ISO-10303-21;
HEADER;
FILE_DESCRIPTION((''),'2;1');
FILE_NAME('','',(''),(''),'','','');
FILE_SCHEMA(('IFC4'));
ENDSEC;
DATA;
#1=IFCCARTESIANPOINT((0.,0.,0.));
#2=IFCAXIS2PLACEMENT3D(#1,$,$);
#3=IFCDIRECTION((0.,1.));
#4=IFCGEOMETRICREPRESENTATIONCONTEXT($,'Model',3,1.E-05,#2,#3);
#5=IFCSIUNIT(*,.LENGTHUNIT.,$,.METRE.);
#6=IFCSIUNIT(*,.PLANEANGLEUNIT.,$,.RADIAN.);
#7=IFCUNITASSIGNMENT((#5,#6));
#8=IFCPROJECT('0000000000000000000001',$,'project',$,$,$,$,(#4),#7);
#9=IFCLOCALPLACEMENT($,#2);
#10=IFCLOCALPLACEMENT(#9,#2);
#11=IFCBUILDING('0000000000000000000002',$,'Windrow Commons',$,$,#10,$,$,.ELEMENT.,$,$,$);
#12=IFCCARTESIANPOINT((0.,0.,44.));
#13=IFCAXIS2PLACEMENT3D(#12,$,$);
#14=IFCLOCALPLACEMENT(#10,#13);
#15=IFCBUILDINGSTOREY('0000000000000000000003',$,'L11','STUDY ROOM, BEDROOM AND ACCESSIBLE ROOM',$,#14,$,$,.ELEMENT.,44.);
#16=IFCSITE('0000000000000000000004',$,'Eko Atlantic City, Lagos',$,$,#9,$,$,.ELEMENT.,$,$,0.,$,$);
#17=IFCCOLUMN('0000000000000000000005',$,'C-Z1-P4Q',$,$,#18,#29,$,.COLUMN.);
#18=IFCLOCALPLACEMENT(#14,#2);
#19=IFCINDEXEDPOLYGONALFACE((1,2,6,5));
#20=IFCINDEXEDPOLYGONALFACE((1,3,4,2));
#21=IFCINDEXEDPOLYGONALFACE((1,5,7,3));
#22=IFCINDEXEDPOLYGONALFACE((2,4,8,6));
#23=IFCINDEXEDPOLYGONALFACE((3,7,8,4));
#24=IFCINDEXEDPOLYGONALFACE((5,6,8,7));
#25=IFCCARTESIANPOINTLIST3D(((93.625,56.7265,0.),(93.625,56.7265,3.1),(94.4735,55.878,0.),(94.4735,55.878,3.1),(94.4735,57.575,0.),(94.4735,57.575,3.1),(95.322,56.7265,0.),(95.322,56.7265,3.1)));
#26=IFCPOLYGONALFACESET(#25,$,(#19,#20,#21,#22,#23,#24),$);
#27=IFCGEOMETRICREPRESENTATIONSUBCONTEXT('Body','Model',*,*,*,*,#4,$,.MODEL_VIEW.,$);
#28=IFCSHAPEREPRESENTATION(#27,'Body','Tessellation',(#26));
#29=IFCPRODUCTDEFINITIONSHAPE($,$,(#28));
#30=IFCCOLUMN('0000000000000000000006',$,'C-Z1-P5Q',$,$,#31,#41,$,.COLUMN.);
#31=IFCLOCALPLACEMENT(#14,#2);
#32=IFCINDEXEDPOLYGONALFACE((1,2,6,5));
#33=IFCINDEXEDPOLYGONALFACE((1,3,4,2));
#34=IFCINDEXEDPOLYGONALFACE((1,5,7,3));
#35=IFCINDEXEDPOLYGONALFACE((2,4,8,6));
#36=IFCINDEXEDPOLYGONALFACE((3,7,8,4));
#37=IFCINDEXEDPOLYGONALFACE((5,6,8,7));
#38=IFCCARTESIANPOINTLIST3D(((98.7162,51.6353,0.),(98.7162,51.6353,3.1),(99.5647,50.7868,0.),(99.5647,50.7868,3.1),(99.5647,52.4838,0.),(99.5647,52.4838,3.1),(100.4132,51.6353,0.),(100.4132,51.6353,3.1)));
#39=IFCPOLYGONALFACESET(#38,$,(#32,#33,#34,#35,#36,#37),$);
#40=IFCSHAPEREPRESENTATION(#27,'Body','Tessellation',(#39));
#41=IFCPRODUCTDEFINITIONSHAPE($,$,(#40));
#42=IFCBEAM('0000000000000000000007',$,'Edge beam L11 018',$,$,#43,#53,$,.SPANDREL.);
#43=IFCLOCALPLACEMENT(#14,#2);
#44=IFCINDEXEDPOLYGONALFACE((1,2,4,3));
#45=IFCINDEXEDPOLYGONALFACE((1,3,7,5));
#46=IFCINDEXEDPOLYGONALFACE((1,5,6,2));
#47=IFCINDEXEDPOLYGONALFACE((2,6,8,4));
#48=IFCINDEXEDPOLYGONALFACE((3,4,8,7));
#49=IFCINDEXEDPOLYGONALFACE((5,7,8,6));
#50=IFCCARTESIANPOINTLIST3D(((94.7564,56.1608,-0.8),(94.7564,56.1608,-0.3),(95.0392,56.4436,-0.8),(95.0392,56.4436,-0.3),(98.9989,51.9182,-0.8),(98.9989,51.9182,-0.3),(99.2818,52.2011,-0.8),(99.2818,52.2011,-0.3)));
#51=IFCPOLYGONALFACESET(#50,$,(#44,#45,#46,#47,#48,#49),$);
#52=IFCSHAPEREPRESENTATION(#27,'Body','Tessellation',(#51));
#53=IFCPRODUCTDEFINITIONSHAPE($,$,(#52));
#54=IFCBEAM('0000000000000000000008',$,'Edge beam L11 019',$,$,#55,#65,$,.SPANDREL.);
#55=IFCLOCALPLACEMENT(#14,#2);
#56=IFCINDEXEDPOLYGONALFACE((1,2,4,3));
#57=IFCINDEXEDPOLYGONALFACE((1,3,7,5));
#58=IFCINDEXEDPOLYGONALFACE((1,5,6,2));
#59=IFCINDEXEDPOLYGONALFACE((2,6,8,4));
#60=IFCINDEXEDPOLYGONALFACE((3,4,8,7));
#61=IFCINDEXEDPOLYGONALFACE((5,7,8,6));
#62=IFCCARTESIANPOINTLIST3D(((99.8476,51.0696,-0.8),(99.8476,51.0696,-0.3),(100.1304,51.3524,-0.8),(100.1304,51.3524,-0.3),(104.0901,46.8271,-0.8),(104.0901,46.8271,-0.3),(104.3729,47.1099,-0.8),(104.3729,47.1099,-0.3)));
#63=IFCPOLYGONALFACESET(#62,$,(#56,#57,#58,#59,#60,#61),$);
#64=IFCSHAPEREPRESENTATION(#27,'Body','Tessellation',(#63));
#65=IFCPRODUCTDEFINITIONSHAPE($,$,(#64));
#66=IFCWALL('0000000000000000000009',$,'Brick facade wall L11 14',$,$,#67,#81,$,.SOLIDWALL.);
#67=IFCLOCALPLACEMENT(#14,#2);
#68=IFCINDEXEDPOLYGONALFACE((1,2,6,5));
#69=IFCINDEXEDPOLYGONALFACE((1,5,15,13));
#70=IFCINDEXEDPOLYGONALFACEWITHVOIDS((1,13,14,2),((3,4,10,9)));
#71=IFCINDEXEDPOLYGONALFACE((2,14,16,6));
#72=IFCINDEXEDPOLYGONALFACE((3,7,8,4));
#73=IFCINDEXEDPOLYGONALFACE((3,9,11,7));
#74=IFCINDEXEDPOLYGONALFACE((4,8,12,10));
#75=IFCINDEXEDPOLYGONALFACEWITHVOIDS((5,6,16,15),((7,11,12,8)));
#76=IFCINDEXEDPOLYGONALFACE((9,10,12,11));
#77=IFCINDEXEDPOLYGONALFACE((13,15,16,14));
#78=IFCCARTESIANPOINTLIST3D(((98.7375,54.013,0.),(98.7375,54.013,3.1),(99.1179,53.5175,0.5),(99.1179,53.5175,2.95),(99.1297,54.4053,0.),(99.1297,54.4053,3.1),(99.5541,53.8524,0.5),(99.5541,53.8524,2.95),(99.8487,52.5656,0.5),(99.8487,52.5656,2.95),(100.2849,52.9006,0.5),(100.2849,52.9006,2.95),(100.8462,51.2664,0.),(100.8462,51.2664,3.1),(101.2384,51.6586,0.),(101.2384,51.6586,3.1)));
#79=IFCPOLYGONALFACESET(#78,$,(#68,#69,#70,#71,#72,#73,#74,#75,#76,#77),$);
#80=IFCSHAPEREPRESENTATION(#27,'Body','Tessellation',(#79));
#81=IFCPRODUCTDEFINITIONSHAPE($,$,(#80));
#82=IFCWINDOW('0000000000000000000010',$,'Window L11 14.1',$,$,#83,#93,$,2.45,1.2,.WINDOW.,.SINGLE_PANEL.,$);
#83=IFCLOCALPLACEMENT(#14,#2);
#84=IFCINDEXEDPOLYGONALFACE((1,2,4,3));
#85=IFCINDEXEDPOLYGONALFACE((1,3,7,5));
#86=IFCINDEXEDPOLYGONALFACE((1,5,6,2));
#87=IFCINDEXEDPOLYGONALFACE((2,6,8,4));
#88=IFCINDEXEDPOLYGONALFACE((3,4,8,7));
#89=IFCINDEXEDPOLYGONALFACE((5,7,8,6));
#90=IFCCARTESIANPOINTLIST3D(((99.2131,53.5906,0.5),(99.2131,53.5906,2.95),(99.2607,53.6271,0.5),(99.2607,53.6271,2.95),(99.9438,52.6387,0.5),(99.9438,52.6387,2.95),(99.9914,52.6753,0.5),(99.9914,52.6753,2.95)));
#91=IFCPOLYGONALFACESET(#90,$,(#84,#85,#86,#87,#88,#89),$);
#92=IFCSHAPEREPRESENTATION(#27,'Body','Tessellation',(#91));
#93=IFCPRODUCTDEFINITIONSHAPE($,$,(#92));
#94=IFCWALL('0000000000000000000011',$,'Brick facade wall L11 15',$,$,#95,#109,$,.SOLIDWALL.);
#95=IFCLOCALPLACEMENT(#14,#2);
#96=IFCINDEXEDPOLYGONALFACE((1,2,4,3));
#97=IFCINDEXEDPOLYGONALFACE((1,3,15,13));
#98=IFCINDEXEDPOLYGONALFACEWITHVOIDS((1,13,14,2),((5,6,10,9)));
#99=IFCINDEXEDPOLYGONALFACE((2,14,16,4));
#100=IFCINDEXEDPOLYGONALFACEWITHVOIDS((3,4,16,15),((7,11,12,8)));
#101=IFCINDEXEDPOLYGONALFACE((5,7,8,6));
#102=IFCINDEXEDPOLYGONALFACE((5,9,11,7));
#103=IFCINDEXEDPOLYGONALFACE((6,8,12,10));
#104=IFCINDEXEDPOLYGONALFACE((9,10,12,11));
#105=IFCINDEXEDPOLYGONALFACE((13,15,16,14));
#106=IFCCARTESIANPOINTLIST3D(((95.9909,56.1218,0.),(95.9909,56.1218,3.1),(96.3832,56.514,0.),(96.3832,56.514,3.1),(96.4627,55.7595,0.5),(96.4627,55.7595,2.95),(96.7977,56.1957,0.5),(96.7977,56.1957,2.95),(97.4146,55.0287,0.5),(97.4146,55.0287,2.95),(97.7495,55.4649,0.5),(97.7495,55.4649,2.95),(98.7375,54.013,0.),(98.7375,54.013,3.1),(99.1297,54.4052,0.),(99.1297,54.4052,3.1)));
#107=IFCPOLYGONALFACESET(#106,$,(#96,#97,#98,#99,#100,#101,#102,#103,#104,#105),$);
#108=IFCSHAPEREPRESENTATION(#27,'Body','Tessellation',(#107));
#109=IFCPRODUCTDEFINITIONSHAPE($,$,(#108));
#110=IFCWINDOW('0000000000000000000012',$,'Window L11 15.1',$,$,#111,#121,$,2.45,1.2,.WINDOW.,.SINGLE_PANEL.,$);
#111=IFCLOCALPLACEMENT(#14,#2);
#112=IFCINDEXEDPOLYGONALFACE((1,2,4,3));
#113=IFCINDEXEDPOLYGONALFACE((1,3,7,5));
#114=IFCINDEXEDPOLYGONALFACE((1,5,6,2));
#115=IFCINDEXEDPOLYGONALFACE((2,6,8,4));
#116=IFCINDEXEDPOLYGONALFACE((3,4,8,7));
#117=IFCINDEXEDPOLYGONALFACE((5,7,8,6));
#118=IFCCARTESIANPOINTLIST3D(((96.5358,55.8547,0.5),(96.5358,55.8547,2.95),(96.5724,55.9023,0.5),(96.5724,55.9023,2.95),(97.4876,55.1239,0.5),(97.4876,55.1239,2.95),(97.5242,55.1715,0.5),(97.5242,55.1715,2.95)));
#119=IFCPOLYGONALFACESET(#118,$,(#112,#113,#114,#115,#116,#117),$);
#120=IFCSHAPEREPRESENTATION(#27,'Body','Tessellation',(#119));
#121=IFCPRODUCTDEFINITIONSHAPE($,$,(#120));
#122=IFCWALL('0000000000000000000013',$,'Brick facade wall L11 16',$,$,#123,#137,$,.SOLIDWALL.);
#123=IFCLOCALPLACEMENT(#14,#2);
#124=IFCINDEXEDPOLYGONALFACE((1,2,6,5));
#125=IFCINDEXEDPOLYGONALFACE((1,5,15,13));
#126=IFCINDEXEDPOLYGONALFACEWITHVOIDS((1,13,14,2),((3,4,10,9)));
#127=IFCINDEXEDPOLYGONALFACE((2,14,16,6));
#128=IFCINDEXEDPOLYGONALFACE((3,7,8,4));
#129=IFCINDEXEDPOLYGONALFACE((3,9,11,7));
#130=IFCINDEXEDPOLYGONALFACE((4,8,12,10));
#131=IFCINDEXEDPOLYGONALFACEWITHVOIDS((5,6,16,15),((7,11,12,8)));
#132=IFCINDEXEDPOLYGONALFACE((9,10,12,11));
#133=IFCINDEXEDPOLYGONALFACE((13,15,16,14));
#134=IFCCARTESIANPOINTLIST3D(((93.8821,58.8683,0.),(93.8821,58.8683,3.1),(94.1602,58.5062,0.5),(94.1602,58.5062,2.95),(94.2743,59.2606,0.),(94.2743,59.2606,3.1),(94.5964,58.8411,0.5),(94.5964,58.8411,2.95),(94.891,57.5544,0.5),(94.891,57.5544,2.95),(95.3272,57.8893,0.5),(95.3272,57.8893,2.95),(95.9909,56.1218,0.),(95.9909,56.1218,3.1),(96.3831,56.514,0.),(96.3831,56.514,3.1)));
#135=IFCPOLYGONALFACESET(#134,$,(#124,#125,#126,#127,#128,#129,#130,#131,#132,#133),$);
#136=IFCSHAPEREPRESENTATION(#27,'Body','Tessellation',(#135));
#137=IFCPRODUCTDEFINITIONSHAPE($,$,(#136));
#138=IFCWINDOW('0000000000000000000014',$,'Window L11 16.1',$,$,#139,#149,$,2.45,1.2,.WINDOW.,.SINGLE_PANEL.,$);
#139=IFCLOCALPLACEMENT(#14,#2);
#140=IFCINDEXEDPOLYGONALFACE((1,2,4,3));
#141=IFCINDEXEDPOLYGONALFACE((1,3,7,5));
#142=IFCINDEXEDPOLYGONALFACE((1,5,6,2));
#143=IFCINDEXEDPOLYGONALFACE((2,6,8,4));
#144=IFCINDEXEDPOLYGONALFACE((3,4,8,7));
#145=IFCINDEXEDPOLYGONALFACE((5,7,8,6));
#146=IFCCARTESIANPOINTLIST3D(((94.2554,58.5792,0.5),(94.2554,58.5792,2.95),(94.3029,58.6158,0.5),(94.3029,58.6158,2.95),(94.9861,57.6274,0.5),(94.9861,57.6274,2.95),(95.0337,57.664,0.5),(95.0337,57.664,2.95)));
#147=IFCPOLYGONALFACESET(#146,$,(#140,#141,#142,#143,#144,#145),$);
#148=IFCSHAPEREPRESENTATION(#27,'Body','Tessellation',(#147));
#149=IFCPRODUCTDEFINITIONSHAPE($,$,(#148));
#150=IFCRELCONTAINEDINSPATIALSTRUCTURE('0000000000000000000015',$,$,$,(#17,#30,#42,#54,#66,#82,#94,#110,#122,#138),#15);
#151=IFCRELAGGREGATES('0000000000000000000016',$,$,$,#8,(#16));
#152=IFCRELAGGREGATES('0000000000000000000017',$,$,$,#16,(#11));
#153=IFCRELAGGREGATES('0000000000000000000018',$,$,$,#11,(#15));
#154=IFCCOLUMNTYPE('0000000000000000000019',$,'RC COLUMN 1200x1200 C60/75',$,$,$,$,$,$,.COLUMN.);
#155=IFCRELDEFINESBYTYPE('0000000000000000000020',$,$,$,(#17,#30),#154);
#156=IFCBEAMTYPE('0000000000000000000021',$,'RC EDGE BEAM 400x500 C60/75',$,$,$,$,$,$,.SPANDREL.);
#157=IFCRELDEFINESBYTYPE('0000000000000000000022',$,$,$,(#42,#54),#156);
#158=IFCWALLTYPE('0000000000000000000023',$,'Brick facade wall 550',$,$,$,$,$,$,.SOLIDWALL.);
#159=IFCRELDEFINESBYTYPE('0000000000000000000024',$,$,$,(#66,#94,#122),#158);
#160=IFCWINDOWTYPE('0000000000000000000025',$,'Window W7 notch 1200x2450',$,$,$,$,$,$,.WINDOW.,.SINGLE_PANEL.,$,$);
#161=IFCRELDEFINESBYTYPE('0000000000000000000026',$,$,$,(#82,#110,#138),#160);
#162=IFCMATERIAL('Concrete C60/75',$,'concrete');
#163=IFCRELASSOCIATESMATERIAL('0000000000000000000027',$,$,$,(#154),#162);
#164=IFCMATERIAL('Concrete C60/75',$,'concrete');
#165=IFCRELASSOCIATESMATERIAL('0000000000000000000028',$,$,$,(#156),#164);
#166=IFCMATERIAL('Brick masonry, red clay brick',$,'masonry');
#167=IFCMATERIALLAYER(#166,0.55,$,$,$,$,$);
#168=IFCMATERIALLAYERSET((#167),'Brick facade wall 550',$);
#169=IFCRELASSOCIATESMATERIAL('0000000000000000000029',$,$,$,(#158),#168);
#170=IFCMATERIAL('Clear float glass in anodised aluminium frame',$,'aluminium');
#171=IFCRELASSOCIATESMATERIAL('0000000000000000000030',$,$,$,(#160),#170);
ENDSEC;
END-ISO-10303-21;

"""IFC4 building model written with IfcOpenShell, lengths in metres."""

from ifc_helpers import new_model, si_unit, direction, frame, frame_2d, origin, origin_2d, place, context, subcontext, project, spatial, polyline, rectangle, outline, extrude, material, layer, layer_set, material_profile, profile_set, type_object, element, fill, save


model = new_model("IFC4")

# Units and contexts
model_context = context("Model", 3, precision=1e-05, world=origin(), true_north=direction((0.0, 1.0)))
body_context = subcontext(model_context, "Body", "Model", "MODEL_VIEW")
ifc_project = project(units=[si_unit("LENGTHUNIT", "METRE"), si_unit("PLANEANGLEUNIT", "RADIAN")], contexts=[model_context])

# Site, building, storey
site_placement = place(None, origin())
site = spatial("IfcSite", under=ifc_project, at=site_placement, Name="Eko Atlantic City, Lagos", CompositionType="ELEMENT", RefElevation=0.0)
building_placement = place(site_placement, origin())
building = spatial("IfcBuilding", under=site, at=building_placement, Name="Windrow Commons", CompositionType="ELEMENT")
storey_placement = place(building_placement, frame((0.0, 0.0, 44.0)))
storey = spatial("IfcBuildingStorey", under=building, at=storey_placement, Name="L11", Description="STUDY ROOM, BEDROOM AND ACCESSIBLE ROOM", CompositionType="ELEMENT", Elevation=44.0)

# Columns
ifc_material_1 = material(Name="Concrete C60/75", Category="concrete")
ifc_material_profile_1 = material_profile(ifc_material_1, rectangle(XDim=1.2, YDim=1.2, at=origin_2d()))
ifc_profile_set_1 = profile_set([ifc_material_profile_1], Name="Concrete C60/75")
column_type = type_object("IfcColumnType", Name="RC COLUMN 1200x1200 C60/75", PredefinedType="COLUMN", material=ifc_profile_set_1)
for number, where, z_axis, x_axis, name in (
    (1, (94.4735, 56.7265, 0.0), (0.0, 0.0, 1.0), (0.707107, -0.707107, 0.0), "C-Z1-P4Q"),
    (2, (99.5647, 51.6353, 0.0), (0.0, 0.0, 1.0), (0.707107, -0.707107, 0.0), "C-Z1-P5Q"),
):
    element("IfcColumn", number, at=place(storey_placement, frame(where, z_axis=z_axis, x_axis=x_axis)), inside=storey, type_object=column_type, Name=name, PredefinedType="COLUMN", context=body_context, shape_type="SweptSolid", body=[
        extrude(rectangle(XDim=1.2, YDim=1.2, at=origin_2d()), origin(), (0.0, 0.0, 1.0), 3.1),
    ])

# Beams
ifc_material_2 = material(Name="Concrete C60/75", Category="concrete")
ifc_material_profile_2 = material_profile(ifc_material_2, rectangle(XDim=0.4, YDim=0.5, at=origin_2d()))
ifc_profile_set_2 = profile_set([ifc_material_profile_2], Name="Concrete C60/75")
beam_type = type_object("IfcBeamType", Name="RC EDGE BEAM 400x500 C60/75", PredefinedType="SPANDREL", material=ifc_profile_set_2)
beam_1_placement = place(storey_placement, frame((94.8978, 56.3022, -0.55), z_axis=(0.707107, -0.707107, 0.0), x_axis=(0.707107, 0.707107, 0.0)))
element("IfcBeam", 3, at=beam_1_placement, inside=storey, type_object=beam_type, Name="Edge beam L11 018", PredefinedType="SPANDREL", context=body_context, shape_type="SweptSolid", body=[
    extrude(rectangle(XDim=0.4, YDim=0.5, at=origin_2d()), origin(), (0.0, 0.0, 1.0), 5.9999),
])
beam_2_placement = place(storey_placement, frame((99.989, 51.211, -0.55), z_axis=(0.707107, -0.707107, 0.0), x_axis=(0.707107, 0.707107, 0.0)))
element("IfcBeam", 4, at=beam_2_placement, inside=storey, type_object=beam_type, Name="Edge beam L11 019", PredefinedType="SPANDREL", context=body_context, shape_type="SweptSolid", body=[
    extrude(rectangle(XDim=0.4, YDim=0.5, at=origin_2d()), origin(), (0.0, 0.0, 1.0), 5.9998),
])

# Walls, openings, windows
ifc_material_3 = material(Name="Brick masonry, red clay brick", Category="masonry")
ifc_layer_1 = layer(ifc_material_3, 0.55)
ifc_layer_set_1 = layer_set([ifc_layer_1], Name="Brick facade wall 550")
wall_type_1 = type_object("IfcWallType", Name="Brick facade wall 550", PredefinedType="SOLIDWALL", material=ifc_layer_set_1)
wall_1_placement = place(storey_placement, frame((101.0423, 51.4625, 0.0), z_axis=(0.0, 0.0, 1.0), x_axis=(-0.608972, 0.793192, 0.0)))
wall_1 = element("IfcWall", 5, at=wall_1_placement, inside=storey, type_object=wall_type_1, Name="Brick facade wall L11 14", PredefinedType="SOLIDWALL", context=body_context, shape_type="SweptSolid", body=[
    extrude(outline(polyline([(0.0361, -0.275), (3.4989, -0.275), (3.4266, 0.275), (-0.0361, 0.275), (0.0361, -0.275)])), origin(), (0.0, 0.0, 1.0), 3.1),
])
opening_1_placement = place(wall_1_placement, frame((1.6019, 0.0, 0.5)))
opening_1 = element("IfcOpeningElement", 6, at=opening_1_placement, cuts=wall_1, PredefinedType="OPENING", context=body_context, shape_type="SweptSolid", body=[
    extrude(rectangle(XDim=1.2, YDim=2.45, at=frame_2d((0.6, 1.225))), frame((0.0, 0.285, 0.0), z_axis=(0.0, -1.0, 0.0), x_axis=(1.0, 0.0, 0.0)), (0.0, 0.0, 1.0), 0.57),
])
ifc_material_4 = material(Name="Clear float glass in anodised aluminium frame", Category="aluminium")
window_type = type_object("IfcWindowType", Name="Window W7 notch 1200x2450", PartitioningType="SINGLE_PANEL", PredefinedType="WINDOW", material=ifc_material_4)
window_1_placement = place(opening_1_placement, origin())
window_1 = element("IfcWindow", 7, at=window_1_placement, inside=storey, type_object=window_type, Name="Window L11 14.1", OverallHeight=2.45, OverallWidth=1.2, PartitioningType="SINGLE_PANEL", PredefinedType="WINDOW", context=body_context, shape_type="SweptSolid", body=[
    extrude(rectangle(XDim=1.2, YDim=2.45, at=frame_2d((0.6, 1.225))), frame((0.0, 0.155, 0.0), z_axis=(0.0, -1.0, 0.0), x_axis=(1.0, 0.0, 0.0)), (0.0, 0.0, 1.0), 0.06),
])
fill(opening_1, window_1)
wall_2_placement = place(storey_placement, frame((98.9336, 54.2091, 0.0), z_axis=(0.0, 0.0, 1.0), x_axis=(-0.793178, 0.60899, 0.0)))
wall_2 = element("IfcWall", 8, at=wall_2_placement, inside=storey, type_object=wall_type_1, Name="Brick facade wall L11 15", PredefinedType="SOLIDWALL", context=body_context, shape_type="SweptSolid", body=[
    extrude(outline(polyline([(-0.0361, -0.275), (3.4266, -0.275), (3.4989, 0.275), (0.0361, 0.275), (-0.0361, -0.275)])), origin(), (0.0, 0.0, 1.0), 3.1),
])
opening_2_placement = place(wall_2_placement, frame((1.704, 0.0, 0.5)))
opening_2 = element("IfcOpeningElement", 9, at=opening_2_placement, cuts=wall_2, PredefinedType="OPENING", context=body_context, shape_type="SweptSolid", body=[
    extrude(rectangle(XDim=1.2, YDim=2.45, at=frame_2d((0.6, 1.225))), frame((0.0, 0.285, 0.0), z_axis=(0.0, -1.0, 0.0), x_axis=(1.0, 0.0, 0.0)), (0.0, 0.0, 1.0), 0.57),
])
window_2_placement = place(opening_2_placement, origin())
window_2 = element("IfcWindow", 10, at=window_2_placement, inside=storey, type_object=window_type, Name="Window L11 15.1", OverallHeight=2.45, OverallWidth=1.2, PartitioningType="SINGLE_PANEL", PredefinedType="WINDOW", context=body_context, shape_type="SweptSolid", body=[
    extrude(rectangle(XDim=1.2, YDim=2.45, at=frame_2d((0.6, 1.225))), frame((0.0, 0.155, 0.0), z_axis=(0.0, -1.0, 0.0), x_axis=(1.0, 0.0, 0.0)), (0.0, 0.0, 1.0), 0.06),
])
fill(opening_2, window_2)
wall_3_placement = place(storey_placement, frame((96.187, 56.3179, 0.0), z_axis=(0.0, 0.0, 1.0), x_axis=(-0.60899, 0.793178, 0.0)))
wall_3 = element("IfcWall", 11, at=wall_3_placement, inside=storey, type_object=wall_type_1, Name="Brick facade wall L11 16", PredefinedType="SOLIDWALL", context=body_context, shape_type="SweptSolid", body=[
    extrude(outline(polyline([(0.0361, -0.275), (3.4989, -0.275), (3.4266, 0.275), (-0.0361, 0.275), (0.0361, -0.275)])), origin(), (0.0, 0.0, 1.0), 3.1),
])
opening_3_placement = place(wall_3_placement, frame((1.77, 0.0, 0.5)))
opening_3 = element("IfcOpeningElement", 12, at=opening_3_placement, cuts=wall_3, PredefinedType="OPENING", context=body_context, shape_type="SweptSolid", body=[
    extrude(rectangle(XDim=1.2, YDim=2.45, at=frame_2d((0.6, 1.225))), frame((0.0, 0.285, 0.0), z_axis=(0.0, -1.0, 0.0), x_axis=(1.0, 0.0, 0.0)), (0.0, 0.0, 1.0), 0.57),
])
window_3_placement = place(opening_3_placement, origin())
window_3 = element("IfcWindow", 13, at=window_3_placement, inside=storey, type_object=window_type, Name="Window L11 16.1", OverallHeight=2.45, OverallWidth=1.2, PartitioningType="SINGLE_PANEL", PredefinedType="WINDOW", context=body_context, shape_type="SweptSolid", body=[
    extrude(rectangle(XDim=1.2, YDim=2.45, at=frame_2d((0.6, 1.225))), frame((0.0, 0.155, 0.0), z_axis=(0.0, -1.0, 0.0), x_axis=(1.0, 0.0, 0.0)), (0.0, 0.0, 1.0), 0.06),
])
fill(opening_3, window_3)

save(model, "model.ifc")
